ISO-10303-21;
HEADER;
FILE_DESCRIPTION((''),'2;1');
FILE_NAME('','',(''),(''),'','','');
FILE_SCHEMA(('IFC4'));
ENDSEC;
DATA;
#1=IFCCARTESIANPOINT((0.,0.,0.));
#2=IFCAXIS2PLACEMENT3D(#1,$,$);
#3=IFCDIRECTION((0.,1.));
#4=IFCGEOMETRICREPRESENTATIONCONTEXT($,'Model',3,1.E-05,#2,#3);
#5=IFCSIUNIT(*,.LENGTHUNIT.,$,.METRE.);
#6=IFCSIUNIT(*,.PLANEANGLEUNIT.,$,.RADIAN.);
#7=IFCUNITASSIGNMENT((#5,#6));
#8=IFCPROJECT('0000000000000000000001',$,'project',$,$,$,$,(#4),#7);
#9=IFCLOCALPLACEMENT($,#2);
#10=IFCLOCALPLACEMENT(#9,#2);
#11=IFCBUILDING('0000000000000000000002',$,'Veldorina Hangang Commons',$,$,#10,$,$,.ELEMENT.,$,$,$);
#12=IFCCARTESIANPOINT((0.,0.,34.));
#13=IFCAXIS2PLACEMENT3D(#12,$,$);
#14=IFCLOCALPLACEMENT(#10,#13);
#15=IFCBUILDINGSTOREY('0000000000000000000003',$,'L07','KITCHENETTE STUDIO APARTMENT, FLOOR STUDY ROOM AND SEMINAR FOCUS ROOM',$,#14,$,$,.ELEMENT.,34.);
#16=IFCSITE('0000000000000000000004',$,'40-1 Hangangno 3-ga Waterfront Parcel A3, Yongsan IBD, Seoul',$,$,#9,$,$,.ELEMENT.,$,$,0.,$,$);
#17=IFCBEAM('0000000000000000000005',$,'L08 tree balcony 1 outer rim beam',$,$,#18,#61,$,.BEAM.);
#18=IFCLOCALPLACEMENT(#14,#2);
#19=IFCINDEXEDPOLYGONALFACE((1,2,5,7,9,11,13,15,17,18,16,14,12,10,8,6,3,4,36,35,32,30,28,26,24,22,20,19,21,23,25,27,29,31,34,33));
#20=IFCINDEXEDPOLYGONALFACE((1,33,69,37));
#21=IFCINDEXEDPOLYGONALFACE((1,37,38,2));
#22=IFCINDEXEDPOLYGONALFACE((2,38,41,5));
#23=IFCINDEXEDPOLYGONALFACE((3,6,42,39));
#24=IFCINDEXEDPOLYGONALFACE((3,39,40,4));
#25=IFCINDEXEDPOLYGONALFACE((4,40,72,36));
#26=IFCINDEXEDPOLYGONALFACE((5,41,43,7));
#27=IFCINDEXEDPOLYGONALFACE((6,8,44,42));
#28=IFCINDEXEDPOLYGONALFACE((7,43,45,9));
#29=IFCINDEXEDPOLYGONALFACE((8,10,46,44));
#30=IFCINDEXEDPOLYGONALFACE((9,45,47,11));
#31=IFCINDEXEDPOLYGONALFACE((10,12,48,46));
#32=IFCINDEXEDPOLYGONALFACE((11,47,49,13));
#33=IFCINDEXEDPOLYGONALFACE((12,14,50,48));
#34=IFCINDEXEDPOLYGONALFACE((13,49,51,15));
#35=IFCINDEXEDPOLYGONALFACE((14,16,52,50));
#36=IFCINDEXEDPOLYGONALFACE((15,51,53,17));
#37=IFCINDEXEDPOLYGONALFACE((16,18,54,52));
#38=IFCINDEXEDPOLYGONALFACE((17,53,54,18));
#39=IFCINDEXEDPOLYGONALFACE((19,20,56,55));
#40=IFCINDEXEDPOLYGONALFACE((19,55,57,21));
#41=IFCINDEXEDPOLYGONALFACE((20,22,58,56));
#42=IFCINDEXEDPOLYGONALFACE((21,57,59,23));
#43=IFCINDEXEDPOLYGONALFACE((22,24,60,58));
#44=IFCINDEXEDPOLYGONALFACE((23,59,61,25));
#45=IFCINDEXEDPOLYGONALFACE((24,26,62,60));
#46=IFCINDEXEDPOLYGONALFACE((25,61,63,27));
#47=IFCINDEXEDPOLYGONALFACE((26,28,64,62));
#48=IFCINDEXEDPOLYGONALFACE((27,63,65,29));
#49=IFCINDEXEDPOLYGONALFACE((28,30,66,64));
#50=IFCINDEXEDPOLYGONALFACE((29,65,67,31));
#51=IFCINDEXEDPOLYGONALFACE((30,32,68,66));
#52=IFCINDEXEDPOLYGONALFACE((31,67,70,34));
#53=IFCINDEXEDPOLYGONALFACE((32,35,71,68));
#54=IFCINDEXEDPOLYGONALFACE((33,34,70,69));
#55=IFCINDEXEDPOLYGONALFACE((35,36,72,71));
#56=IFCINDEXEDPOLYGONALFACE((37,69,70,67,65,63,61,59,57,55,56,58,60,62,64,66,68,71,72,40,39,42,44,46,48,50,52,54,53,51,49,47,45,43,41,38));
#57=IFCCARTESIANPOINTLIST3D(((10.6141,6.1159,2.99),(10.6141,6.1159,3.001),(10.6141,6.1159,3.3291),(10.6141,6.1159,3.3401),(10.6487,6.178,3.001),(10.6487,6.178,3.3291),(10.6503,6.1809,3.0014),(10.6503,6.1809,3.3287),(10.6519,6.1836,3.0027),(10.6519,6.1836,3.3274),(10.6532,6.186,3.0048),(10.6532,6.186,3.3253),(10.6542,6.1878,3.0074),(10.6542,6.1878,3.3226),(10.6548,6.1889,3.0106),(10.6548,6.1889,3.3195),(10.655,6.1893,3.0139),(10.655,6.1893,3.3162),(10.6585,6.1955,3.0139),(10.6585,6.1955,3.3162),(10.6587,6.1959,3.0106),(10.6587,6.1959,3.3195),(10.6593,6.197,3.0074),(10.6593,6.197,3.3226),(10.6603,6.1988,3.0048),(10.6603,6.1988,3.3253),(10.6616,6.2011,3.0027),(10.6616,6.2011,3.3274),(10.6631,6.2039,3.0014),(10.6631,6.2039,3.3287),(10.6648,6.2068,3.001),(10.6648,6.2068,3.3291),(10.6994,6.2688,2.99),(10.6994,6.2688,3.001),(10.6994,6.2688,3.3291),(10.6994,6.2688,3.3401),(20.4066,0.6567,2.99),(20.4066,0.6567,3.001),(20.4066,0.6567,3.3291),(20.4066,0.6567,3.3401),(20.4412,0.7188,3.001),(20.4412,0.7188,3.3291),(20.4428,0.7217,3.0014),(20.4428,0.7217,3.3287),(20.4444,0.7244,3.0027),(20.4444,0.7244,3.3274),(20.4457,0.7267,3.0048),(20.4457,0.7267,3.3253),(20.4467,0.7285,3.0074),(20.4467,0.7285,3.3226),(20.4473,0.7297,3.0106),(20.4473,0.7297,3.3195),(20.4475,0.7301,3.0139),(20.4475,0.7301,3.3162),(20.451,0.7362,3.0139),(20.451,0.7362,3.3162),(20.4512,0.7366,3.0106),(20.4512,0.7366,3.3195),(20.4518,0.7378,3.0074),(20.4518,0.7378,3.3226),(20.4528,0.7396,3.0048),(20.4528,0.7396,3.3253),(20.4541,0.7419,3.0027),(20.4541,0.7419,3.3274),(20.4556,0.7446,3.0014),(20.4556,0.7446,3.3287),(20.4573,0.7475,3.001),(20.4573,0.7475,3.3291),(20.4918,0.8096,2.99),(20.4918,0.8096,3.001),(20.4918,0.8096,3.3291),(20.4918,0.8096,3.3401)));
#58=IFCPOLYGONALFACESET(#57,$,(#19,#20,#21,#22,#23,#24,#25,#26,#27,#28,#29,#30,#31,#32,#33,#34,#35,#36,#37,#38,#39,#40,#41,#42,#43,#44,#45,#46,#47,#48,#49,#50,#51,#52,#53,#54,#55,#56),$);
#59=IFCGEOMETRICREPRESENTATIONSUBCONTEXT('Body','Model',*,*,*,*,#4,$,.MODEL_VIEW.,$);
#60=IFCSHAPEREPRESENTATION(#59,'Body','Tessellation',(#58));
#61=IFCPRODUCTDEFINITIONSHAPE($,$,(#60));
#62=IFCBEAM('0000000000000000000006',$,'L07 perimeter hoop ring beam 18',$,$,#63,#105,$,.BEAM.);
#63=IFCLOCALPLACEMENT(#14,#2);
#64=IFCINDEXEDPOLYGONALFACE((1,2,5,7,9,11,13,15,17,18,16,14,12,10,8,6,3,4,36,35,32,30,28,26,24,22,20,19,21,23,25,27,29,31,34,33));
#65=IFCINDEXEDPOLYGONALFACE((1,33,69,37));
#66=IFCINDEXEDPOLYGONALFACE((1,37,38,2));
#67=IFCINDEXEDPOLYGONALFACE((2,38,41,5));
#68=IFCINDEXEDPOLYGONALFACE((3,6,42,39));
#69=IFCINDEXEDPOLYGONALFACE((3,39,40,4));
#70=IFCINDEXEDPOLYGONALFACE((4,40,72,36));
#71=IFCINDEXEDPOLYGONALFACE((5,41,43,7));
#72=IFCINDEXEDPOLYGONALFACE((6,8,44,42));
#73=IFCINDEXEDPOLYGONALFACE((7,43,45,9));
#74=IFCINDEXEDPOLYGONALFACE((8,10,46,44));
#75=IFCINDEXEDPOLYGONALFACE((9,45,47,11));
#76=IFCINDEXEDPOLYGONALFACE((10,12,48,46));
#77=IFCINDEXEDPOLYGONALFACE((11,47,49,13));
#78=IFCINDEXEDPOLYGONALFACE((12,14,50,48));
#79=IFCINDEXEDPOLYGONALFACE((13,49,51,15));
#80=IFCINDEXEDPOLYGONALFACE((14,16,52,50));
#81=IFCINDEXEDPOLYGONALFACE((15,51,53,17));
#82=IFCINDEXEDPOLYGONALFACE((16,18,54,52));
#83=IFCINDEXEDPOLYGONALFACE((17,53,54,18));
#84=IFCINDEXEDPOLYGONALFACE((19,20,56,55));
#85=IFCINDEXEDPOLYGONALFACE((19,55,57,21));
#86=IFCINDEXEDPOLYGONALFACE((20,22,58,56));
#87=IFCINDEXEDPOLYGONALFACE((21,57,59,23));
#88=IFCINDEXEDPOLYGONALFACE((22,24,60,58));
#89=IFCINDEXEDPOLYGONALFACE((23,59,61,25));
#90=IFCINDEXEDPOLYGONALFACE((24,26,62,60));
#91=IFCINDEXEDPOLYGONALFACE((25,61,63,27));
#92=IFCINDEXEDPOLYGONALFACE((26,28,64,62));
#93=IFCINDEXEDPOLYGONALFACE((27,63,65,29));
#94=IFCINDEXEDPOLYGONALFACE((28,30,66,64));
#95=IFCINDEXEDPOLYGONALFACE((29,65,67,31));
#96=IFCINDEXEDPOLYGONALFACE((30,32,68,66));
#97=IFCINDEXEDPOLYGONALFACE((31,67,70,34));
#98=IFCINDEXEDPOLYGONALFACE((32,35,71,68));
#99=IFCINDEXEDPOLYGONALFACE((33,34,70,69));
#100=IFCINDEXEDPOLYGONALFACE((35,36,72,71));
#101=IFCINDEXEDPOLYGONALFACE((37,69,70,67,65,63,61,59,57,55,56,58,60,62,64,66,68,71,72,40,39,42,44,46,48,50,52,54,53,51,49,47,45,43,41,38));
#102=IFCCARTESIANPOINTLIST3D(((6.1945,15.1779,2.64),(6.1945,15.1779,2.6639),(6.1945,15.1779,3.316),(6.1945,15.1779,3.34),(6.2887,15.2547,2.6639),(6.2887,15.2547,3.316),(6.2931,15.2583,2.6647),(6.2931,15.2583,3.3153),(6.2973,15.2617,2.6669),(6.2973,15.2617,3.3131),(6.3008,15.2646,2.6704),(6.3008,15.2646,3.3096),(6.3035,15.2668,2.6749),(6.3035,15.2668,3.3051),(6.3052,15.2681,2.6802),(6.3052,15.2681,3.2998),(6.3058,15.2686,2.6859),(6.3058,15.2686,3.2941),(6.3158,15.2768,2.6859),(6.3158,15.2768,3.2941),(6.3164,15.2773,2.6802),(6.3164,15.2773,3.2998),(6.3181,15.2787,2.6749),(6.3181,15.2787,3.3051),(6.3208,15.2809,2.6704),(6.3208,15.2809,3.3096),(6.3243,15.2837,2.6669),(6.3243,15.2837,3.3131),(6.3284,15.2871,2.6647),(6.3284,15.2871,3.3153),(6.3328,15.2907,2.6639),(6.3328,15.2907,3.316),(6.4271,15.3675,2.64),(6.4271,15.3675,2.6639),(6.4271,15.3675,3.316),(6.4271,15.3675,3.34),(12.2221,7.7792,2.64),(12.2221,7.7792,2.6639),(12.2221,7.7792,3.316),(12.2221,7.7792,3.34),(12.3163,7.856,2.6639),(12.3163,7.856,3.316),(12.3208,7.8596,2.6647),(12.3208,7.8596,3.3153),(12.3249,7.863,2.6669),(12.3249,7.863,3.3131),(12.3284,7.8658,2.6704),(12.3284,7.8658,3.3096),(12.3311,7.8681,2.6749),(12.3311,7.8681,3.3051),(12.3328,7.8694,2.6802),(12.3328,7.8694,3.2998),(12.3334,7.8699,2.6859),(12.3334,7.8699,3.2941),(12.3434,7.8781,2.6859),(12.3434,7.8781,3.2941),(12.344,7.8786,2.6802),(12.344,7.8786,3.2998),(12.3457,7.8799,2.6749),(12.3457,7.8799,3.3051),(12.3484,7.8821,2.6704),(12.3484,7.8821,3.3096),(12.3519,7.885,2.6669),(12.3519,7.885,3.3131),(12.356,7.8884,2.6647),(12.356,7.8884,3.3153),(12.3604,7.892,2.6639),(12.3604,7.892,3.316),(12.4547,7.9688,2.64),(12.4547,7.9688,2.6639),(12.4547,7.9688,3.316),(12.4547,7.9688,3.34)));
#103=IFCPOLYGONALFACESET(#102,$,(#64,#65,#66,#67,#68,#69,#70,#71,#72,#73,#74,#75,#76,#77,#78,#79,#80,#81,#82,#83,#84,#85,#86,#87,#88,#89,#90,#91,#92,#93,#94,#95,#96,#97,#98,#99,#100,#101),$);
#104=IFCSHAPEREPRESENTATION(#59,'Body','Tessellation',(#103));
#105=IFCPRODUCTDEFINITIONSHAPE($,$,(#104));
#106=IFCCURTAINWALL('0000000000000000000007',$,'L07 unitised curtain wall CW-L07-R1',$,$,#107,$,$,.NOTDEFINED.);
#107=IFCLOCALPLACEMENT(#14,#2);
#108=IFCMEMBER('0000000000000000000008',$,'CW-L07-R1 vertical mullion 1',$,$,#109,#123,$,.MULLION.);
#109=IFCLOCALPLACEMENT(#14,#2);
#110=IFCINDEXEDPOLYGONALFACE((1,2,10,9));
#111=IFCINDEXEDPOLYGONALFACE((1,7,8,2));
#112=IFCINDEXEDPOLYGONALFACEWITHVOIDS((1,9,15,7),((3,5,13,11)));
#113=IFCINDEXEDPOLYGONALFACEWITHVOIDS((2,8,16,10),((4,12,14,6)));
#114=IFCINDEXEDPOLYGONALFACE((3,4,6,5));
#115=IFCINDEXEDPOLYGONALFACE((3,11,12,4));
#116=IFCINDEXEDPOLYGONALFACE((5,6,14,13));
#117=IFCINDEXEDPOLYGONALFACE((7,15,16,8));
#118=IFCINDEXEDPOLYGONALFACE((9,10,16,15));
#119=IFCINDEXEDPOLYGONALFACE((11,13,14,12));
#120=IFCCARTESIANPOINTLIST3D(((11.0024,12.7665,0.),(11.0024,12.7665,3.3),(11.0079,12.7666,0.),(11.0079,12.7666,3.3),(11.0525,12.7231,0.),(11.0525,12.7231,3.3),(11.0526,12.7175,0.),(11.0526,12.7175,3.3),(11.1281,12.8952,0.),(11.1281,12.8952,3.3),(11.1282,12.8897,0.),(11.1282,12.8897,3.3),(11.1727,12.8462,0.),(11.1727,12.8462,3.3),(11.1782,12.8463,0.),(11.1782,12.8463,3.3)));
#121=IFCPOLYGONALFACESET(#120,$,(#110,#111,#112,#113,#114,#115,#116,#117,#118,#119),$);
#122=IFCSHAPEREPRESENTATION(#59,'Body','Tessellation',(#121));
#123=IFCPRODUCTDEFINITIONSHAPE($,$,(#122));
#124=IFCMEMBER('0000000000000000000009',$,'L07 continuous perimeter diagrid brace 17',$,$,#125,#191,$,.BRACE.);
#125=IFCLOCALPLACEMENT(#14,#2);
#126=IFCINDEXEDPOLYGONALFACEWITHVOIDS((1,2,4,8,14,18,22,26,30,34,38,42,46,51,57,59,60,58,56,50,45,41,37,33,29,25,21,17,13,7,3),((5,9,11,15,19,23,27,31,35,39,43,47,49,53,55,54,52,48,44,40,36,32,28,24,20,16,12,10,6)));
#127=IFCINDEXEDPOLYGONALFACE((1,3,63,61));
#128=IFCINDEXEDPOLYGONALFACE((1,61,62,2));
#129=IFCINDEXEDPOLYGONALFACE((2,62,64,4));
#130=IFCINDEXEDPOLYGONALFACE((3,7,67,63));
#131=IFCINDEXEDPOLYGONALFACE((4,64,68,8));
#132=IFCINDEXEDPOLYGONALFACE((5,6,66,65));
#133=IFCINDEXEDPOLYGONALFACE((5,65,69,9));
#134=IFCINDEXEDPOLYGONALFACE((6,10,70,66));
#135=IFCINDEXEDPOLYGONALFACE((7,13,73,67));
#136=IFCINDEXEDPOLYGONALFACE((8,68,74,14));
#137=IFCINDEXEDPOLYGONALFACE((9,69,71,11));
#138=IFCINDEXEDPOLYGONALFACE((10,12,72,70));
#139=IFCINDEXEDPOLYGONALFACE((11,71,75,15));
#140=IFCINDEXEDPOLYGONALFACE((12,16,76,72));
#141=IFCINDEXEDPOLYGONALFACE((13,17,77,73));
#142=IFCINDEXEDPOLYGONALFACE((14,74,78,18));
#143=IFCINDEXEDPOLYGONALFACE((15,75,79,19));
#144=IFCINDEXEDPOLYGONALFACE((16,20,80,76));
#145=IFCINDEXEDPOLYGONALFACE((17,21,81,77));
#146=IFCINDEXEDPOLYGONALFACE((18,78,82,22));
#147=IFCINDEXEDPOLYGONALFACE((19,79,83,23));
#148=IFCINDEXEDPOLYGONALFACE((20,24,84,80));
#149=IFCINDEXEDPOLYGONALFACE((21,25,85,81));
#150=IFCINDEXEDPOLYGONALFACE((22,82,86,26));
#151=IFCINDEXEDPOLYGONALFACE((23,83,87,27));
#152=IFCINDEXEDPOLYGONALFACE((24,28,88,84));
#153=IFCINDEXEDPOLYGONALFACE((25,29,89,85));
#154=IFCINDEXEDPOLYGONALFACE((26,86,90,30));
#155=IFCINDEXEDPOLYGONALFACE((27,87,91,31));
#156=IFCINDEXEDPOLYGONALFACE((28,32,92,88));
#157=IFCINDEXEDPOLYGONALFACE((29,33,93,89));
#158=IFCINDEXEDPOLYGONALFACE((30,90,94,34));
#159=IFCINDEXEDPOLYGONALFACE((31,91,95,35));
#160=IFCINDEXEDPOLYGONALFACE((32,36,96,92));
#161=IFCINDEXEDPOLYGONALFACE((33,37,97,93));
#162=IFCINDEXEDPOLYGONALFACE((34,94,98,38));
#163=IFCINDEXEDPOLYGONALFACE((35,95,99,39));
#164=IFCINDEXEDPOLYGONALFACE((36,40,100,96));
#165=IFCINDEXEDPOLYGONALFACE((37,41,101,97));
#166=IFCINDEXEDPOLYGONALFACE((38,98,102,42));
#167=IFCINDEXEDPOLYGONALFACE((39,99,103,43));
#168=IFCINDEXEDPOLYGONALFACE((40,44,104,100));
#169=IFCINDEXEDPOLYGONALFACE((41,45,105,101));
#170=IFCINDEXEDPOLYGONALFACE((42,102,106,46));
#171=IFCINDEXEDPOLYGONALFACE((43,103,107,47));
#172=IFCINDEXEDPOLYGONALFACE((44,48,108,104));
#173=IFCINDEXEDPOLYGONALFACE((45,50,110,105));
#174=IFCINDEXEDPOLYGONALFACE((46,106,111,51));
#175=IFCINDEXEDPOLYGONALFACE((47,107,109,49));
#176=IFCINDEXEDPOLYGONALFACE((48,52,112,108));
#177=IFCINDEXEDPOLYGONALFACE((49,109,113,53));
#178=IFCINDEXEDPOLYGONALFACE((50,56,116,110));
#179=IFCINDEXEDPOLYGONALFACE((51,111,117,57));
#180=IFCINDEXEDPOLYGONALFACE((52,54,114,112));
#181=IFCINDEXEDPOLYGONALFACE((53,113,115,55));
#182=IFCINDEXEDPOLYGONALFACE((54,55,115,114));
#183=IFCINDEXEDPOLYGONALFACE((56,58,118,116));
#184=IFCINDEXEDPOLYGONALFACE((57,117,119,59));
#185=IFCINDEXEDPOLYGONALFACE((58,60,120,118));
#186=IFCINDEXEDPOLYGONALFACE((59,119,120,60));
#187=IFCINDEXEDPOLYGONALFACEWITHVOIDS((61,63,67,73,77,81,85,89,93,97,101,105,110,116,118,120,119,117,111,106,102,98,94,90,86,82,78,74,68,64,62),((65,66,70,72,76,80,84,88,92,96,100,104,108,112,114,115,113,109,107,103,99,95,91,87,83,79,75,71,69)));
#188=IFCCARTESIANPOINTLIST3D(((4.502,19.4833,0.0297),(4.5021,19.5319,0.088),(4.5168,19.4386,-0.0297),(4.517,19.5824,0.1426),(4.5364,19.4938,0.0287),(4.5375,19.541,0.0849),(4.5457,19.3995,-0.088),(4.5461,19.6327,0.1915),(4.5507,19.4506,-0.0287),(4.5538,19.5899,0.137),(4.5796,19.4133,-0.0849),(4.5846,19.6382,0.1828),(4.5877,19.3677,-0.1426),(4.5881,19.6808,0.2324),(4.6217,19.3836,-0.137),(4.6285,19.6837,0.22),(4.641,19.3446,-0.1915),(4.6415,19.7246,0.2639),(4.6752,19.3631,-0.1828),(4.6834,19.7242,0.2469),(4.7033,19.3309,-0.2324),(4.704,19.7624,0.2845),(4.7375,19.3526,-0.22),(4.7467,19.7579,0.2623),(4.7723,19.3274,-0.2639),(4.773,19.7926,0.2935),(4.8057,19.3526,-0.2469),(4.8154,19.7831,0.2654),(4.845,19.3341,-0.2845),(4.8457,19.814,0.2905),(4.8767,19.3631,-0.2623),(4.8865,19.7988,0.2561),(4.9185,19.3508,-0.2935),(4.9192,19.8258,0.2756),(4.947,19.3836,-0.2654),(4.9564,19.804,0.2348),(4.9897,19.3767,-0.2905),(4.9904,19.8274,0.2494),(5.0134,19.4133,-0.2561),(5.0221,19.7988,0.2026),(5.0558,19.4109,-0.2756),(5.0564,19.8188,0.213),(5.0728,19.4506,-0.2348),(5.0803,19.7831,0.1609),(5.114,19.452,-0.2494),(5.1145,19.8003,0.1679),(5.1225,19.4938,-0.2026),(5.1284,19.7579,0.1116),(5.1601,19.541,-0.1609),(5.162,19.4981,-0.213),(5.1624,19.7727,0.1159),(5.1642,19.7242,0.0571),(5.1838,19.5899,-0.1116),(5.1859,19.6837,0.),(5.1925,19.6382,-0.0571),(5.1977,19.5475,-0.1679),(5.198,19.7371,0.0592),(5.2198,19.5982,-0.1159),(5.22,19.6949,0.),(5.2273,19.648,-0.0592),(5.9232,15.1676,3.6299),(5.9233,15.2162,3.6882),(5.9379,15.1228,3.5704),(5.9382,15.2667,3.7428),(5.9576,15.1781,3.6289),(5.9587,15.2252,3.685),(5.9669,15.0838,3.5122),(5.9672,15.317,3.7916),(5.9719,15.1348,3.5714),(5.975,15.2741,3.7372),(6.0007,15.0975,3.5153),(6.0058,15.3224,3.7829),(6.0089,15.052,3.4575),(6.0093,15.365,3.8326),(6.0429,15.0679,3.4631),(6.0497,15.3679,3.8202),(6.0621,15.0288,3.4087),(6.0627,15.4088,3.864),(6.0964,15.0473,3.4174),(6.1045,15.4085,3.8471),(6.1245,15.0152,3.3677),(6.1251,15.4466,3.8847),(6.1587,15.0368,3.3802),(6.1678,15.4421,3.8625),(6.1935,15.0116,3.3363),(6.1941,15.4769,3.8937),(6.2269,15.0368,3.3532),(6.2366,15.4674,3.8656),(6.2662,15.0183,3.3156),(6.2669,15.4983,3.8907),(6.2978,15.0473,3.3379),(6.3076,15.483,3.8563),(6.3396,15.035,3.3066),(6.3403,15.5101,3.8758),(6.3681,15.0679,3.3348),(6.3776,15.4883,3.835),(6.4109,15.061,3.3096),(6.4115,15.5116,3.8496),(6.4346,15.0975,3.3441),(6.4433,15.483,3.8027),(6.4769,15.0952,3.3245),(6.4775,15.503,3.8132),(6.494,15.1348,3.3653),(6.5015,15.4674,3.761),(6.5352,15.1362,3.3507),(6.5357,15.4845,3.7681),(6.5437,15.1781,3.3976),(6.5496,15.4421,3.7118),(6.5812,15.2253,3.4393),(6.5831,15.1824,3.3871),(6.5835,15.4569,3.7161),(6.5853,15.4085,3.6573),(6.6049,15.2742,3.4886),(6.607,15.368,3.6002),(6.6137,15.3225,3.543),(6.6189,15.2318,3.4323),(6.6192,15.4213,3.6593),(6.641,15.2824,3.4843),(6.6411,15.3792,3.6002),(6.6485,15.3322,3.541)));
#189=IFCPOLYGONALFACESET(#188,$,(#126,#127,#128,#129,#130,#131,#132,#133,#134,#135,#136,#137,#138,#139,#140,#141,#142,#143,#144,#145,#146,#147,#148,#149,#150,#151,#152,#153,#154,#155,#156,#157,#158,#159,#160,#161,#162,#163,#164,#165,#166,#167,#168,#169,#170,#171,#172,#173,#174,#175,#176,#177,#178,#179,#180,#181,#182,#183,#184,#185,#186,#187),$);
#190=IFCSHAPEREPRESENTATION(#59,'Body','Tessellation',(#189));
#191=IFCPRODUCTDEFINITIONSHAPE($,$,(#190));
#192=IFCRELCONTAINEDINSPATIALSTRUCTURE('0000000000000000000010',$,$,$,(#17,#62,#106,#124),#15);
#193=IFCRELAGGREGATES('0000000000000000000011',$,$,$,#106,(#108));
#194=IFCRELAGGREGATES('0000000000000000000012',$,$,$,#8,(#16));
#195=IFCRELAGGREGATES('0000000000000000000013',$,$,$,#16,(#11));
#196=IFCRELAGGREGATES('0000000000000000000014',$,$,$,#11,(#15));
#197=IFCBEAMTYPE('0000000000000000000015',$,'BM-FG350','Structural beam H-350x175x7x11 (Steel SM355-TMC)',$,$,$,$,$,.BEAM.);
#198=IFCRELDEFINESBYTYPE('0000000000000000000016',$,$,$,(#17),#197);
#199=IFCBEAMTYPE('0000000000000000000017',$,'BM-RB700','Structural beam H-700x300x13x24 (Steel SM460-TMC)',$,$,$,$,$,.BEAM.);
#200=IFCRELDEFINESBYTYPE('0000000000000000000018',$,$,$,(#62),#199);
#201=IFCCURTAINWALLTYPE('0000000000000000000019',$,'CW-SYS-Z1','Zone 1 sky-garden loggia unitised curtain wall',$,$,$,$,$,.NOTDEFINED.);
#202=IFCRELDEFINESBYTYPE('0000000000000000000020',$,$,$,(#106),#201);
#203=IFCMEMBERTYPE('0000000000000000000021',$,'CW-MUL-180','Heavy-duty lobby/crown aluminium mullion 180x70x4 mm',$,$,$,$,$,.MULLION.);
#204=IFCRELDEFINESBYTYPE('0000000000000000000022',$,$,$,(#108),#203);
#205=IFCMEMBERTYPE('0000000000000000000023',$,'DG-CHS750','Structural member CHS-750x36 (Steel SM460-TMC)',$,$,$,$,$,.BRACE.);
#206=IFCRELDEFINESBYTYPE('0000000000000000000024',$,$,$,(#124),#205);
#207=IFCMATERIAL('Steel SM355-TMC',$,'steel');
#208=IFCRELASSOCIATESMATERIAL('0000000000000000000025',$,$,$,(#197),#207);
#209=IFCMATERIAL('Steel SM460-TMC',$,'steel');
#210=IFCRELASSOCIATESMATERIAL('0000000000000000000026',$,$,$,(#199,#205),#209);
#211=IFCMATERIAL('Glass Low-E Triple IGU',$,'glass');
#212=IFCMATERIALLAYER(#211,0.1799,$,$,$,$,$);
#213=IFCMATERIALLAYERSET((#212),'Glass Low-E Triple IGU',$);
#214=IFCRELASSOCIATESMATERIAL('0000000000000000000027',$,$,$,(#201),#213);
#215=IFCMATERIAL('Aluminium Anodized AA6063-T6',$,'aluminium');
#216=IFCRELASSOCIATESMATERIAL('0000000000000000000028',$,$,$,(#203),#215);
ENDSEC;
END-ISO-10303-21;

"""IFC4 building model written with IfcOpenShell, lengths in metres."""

from ifc_helpers import new_model, si_unit, direction, frame, origin, origin_2d, place, context, subcontext, project, spatial, hollow_rectangle, hollow_circle, i_section, extrude, material, layer, layer_set, material_profile, profile_set, type_object, element, aggregate, save


model = new_model("IFC4")

# Units and contexts
model_context = context("Model", 3, precision=1e-05, world=origin(), true_north=direction((0.0, 1.0)))
body_context = subcontext(model_context, "Body", "Model", "MODEL_VIEW")
ifc_project = project(units=[si_unit("LENGTHUNIT", "METRE"), si_unit("PLANEANGLEUNIT", "RADIAN")], contexts=[model_context])

# Site, building, storey
site_placement = place(None, origin())
site = spatial("IfcSite", under=ifc_project, at=site_placement, Name="40-1 Hangangno 3-ga Waterfront Parcel A3, Yongsan IBD, Seoul", CompositionType="ELEMENT", RefElevation=0.0)
building_placement = place(site_placement, origin())
building = spatial("IfcBuilding", under=site, at=building_placement, Name="Veldorina Hangang Commons", CompositionType="ELEMENT")
storey_placement = place(building_placement, frame((0.0, 0.0, 34.0)))
storey = spatial("IfcBuildingStorey", under=building, at=storey_placement, Name="L07", Description="KITCHENETTE STUDIO APARTMENT, FLOOR STUDY ROOM AND SEMINAR FOCUS ROOM", CompositionType="ELEMENT", Elevation=34.0)

# Beams
ifc_material_1 = material(Name="Steel SM355-TMC", Category="steel")
ifc_material_profile_1 = material_profile(ifc_material_1, i_section(OverallWidth=0.175, OverallDepth=0.3501, WebThickness=0.0071, FlangeThickness=0.011, FilletRadius=0.0129, at=origin_2d()), Name="H-350x175x7x11")
ifc_profile_set_1 = profile_set([ifc_material_profile_1], Name="Steel SM355-TMC")
beam_type_1 = type_object("IfcBeamType", Name="BM-FG350", Description="Structural beam H-350x175x7x11 (Steel SM355-TMC)", PredefinedType="BEAM", material=ifc_profile_set_1)
beam_1_placement = place(storey_placement, frame((10.6567, 6.1924, 3.165), z_axis=(0.873438, -0.486935, 0.0), x_axis=(0.486935, 0.873438, 0.0)))
element("IfcBeam", 1, at=beam_1_placement, inside=storey, type_object=beam_type_1, Name="L08 tree balcony 1 outer rim beam", PredefinedType="BEAM", context=body_context, shape_type="SweptSolid", body=[
    extrude(i_section(OverallWidth=0.175, OverallDepth=0.3501, WebThickness=0.0071, FlangeThickness=0.011, FilletRadius=0.0129, at=origin_2d()), origin(), (0.0, 0.0, 1.0), 11.2114),
])
ifc_material_2 = material(Name="Steel SM460-TMC", Category="steel")
ifc_material_profile_2 = material_profile(ifc_material_2, i_section(OverallWidth=0.3, OverallDepth=0.7, WebThickness=0.0129, FlangeThickness=0.0239, FilletRadius=0.022, at=origin_2d()), Name="H-700x300x13x24")
ifc_profile_set_2 = profile_set([ifc_material_profile_2], Name="Steel SM460-TMC")
beam_type_2 = type_object("IfcBeamType", Name="BM-RB700", Description="Structural beam H-700x300x13x24 (Steel SM460-TMC)", PredefinedType="BEAM", material=ifc_profile_set_2)
beam_2_placement = place(storey_placement, frame((6.3108, 15.2727, 2.99), z_axis=(0.631612, -0.775285, 0.0), x_axis=(0.775285, 0.631612, 0.0)))
element("IfcBeam", 2, at=beam_2_placement, inside=storey, type_object=beam_type_2, Name="L07 perimeter hoop ring beam 18", PredefinedType="BEAM", context=body_context, shape_type="SweptSolid", body=[
    extrude(i_section(OverallWidth=0.3, OverallDepth=0.7, WebThickness=0.0129, FlangeThickness=0.0239, FilletRadius=0.022, at=origin_2d()), origin(), (0.0, 0.0, 1.0), 9.5432),
])

# Curtain wall, member
ifc_material_3 = material(Name="Glass Low-E Triple IGU", Category="glass")
ifc_layer_1 = layer(ifc_material_3, 0.1799)
ifc_layer_set_1 = layer_set([ifc_layer_1], Name="Glass Low-E Triple IGU")
curtain_wall_type = type_object("IfcCurtainWallType", Name="CW-SYS-Z1", Description="Zone 1 sky-garden loggia unitised curtain wall", PredefinedType="NOTDEFINED", material=ifc_layer_set_1)
curtain_wall_placement = place(storey_placement, origin())
curtain_wall = element("IfcCurtainWall", 3, at=curtain_wall_placement, inside=storey, type_object=curtain_wall_type, Name="L07 unitised curtain wall CW-L07-R1", PredefinedType="NOTDEFINED")
ifc_material_4 = material(Name="Aluminium Anodized AA6063-T6", Category="aluminium")
ifc_material_profile_3 = material_profile(ifc_material_4, hollow_rectangle(XDim=0.0701, YDim=0.1799, WallThickness=0.0039, at=origin_2d()), Name="ALU-RHS-180x70x4")
ifc_profile_set_3 = profile_set([ifc_material_profile_3], Name="Aluminium Anodized AA6063-T6")
member_type_1 = type_object("IfcMemberType", Name="CW-MUL-180", Description="Heavy-duty lobby/crown aluminium mullion 180x70x4 mm", PredefinedType="MULLION", material=ifc_profile_set_3)
member_1_placement = place(storey_placement, frame((11.0903, 12.8064, 0.0), z_axis=(0.0, 0.0, 1.0), x_axis=(0.715559, -0.698553, 0.0)))
member_1 = element("IfcMember", 4, at=member_1_placement, type_object=member_type_1, Name="CW-L07-R1 vertical mullion 1", PredefinedType="MULLION", context=body_context, shape_type="SweptSolid", body=[
    extrude(hollow_rectangle(XDim=0.0701, YDim=0.1799, WallThickness=0.0039, at=origin_2d()), origin(), (0.0, 0.0, 1.0), 3.3),
])
aggregate(curtain_wall, [member_1])

# Member
ifc_material_profile_4 = material_profile(ifc_material_2, hollow_circle(Radius=0.375, WallThickness=0.0359, at=origin_2d()), Name="CHS-750x36")
ifc_profile_set_4 = profile_set([ifc_material_profile_4], Name="Steel SM460-TMC")
member_type_2 = type_object("IfcMemberType", Name="DG-CHS750", Description="Structural member CHS-750x36 (Steel SM460-TMC)", PredefinedType="BRACE", material=ifc_profile_set_4)
member_2_placement = place(storey_placement, frame((4.8638, 19.5776, 0.0), z_axis=(0.245151, -0.744465, 0.621026), x_axis=(0.949827, 0.312776, 0.0)))
element("IfcMember", 5, at=member_2_placement, inside=storey, type_object=member_type_2, Name="L07 continuous perimeter diagrid brace 17", PredefinedType="BRACE", context=body_context, shape_type="SweptSolid", body=[
    extrude(hollow_circle(Radius=0.375, WallThickness=0.0359, at=origin_2d()), origin(), (0.0, 0.0, 1.0), 5.7971),
])

save(model, "model.ifc")
